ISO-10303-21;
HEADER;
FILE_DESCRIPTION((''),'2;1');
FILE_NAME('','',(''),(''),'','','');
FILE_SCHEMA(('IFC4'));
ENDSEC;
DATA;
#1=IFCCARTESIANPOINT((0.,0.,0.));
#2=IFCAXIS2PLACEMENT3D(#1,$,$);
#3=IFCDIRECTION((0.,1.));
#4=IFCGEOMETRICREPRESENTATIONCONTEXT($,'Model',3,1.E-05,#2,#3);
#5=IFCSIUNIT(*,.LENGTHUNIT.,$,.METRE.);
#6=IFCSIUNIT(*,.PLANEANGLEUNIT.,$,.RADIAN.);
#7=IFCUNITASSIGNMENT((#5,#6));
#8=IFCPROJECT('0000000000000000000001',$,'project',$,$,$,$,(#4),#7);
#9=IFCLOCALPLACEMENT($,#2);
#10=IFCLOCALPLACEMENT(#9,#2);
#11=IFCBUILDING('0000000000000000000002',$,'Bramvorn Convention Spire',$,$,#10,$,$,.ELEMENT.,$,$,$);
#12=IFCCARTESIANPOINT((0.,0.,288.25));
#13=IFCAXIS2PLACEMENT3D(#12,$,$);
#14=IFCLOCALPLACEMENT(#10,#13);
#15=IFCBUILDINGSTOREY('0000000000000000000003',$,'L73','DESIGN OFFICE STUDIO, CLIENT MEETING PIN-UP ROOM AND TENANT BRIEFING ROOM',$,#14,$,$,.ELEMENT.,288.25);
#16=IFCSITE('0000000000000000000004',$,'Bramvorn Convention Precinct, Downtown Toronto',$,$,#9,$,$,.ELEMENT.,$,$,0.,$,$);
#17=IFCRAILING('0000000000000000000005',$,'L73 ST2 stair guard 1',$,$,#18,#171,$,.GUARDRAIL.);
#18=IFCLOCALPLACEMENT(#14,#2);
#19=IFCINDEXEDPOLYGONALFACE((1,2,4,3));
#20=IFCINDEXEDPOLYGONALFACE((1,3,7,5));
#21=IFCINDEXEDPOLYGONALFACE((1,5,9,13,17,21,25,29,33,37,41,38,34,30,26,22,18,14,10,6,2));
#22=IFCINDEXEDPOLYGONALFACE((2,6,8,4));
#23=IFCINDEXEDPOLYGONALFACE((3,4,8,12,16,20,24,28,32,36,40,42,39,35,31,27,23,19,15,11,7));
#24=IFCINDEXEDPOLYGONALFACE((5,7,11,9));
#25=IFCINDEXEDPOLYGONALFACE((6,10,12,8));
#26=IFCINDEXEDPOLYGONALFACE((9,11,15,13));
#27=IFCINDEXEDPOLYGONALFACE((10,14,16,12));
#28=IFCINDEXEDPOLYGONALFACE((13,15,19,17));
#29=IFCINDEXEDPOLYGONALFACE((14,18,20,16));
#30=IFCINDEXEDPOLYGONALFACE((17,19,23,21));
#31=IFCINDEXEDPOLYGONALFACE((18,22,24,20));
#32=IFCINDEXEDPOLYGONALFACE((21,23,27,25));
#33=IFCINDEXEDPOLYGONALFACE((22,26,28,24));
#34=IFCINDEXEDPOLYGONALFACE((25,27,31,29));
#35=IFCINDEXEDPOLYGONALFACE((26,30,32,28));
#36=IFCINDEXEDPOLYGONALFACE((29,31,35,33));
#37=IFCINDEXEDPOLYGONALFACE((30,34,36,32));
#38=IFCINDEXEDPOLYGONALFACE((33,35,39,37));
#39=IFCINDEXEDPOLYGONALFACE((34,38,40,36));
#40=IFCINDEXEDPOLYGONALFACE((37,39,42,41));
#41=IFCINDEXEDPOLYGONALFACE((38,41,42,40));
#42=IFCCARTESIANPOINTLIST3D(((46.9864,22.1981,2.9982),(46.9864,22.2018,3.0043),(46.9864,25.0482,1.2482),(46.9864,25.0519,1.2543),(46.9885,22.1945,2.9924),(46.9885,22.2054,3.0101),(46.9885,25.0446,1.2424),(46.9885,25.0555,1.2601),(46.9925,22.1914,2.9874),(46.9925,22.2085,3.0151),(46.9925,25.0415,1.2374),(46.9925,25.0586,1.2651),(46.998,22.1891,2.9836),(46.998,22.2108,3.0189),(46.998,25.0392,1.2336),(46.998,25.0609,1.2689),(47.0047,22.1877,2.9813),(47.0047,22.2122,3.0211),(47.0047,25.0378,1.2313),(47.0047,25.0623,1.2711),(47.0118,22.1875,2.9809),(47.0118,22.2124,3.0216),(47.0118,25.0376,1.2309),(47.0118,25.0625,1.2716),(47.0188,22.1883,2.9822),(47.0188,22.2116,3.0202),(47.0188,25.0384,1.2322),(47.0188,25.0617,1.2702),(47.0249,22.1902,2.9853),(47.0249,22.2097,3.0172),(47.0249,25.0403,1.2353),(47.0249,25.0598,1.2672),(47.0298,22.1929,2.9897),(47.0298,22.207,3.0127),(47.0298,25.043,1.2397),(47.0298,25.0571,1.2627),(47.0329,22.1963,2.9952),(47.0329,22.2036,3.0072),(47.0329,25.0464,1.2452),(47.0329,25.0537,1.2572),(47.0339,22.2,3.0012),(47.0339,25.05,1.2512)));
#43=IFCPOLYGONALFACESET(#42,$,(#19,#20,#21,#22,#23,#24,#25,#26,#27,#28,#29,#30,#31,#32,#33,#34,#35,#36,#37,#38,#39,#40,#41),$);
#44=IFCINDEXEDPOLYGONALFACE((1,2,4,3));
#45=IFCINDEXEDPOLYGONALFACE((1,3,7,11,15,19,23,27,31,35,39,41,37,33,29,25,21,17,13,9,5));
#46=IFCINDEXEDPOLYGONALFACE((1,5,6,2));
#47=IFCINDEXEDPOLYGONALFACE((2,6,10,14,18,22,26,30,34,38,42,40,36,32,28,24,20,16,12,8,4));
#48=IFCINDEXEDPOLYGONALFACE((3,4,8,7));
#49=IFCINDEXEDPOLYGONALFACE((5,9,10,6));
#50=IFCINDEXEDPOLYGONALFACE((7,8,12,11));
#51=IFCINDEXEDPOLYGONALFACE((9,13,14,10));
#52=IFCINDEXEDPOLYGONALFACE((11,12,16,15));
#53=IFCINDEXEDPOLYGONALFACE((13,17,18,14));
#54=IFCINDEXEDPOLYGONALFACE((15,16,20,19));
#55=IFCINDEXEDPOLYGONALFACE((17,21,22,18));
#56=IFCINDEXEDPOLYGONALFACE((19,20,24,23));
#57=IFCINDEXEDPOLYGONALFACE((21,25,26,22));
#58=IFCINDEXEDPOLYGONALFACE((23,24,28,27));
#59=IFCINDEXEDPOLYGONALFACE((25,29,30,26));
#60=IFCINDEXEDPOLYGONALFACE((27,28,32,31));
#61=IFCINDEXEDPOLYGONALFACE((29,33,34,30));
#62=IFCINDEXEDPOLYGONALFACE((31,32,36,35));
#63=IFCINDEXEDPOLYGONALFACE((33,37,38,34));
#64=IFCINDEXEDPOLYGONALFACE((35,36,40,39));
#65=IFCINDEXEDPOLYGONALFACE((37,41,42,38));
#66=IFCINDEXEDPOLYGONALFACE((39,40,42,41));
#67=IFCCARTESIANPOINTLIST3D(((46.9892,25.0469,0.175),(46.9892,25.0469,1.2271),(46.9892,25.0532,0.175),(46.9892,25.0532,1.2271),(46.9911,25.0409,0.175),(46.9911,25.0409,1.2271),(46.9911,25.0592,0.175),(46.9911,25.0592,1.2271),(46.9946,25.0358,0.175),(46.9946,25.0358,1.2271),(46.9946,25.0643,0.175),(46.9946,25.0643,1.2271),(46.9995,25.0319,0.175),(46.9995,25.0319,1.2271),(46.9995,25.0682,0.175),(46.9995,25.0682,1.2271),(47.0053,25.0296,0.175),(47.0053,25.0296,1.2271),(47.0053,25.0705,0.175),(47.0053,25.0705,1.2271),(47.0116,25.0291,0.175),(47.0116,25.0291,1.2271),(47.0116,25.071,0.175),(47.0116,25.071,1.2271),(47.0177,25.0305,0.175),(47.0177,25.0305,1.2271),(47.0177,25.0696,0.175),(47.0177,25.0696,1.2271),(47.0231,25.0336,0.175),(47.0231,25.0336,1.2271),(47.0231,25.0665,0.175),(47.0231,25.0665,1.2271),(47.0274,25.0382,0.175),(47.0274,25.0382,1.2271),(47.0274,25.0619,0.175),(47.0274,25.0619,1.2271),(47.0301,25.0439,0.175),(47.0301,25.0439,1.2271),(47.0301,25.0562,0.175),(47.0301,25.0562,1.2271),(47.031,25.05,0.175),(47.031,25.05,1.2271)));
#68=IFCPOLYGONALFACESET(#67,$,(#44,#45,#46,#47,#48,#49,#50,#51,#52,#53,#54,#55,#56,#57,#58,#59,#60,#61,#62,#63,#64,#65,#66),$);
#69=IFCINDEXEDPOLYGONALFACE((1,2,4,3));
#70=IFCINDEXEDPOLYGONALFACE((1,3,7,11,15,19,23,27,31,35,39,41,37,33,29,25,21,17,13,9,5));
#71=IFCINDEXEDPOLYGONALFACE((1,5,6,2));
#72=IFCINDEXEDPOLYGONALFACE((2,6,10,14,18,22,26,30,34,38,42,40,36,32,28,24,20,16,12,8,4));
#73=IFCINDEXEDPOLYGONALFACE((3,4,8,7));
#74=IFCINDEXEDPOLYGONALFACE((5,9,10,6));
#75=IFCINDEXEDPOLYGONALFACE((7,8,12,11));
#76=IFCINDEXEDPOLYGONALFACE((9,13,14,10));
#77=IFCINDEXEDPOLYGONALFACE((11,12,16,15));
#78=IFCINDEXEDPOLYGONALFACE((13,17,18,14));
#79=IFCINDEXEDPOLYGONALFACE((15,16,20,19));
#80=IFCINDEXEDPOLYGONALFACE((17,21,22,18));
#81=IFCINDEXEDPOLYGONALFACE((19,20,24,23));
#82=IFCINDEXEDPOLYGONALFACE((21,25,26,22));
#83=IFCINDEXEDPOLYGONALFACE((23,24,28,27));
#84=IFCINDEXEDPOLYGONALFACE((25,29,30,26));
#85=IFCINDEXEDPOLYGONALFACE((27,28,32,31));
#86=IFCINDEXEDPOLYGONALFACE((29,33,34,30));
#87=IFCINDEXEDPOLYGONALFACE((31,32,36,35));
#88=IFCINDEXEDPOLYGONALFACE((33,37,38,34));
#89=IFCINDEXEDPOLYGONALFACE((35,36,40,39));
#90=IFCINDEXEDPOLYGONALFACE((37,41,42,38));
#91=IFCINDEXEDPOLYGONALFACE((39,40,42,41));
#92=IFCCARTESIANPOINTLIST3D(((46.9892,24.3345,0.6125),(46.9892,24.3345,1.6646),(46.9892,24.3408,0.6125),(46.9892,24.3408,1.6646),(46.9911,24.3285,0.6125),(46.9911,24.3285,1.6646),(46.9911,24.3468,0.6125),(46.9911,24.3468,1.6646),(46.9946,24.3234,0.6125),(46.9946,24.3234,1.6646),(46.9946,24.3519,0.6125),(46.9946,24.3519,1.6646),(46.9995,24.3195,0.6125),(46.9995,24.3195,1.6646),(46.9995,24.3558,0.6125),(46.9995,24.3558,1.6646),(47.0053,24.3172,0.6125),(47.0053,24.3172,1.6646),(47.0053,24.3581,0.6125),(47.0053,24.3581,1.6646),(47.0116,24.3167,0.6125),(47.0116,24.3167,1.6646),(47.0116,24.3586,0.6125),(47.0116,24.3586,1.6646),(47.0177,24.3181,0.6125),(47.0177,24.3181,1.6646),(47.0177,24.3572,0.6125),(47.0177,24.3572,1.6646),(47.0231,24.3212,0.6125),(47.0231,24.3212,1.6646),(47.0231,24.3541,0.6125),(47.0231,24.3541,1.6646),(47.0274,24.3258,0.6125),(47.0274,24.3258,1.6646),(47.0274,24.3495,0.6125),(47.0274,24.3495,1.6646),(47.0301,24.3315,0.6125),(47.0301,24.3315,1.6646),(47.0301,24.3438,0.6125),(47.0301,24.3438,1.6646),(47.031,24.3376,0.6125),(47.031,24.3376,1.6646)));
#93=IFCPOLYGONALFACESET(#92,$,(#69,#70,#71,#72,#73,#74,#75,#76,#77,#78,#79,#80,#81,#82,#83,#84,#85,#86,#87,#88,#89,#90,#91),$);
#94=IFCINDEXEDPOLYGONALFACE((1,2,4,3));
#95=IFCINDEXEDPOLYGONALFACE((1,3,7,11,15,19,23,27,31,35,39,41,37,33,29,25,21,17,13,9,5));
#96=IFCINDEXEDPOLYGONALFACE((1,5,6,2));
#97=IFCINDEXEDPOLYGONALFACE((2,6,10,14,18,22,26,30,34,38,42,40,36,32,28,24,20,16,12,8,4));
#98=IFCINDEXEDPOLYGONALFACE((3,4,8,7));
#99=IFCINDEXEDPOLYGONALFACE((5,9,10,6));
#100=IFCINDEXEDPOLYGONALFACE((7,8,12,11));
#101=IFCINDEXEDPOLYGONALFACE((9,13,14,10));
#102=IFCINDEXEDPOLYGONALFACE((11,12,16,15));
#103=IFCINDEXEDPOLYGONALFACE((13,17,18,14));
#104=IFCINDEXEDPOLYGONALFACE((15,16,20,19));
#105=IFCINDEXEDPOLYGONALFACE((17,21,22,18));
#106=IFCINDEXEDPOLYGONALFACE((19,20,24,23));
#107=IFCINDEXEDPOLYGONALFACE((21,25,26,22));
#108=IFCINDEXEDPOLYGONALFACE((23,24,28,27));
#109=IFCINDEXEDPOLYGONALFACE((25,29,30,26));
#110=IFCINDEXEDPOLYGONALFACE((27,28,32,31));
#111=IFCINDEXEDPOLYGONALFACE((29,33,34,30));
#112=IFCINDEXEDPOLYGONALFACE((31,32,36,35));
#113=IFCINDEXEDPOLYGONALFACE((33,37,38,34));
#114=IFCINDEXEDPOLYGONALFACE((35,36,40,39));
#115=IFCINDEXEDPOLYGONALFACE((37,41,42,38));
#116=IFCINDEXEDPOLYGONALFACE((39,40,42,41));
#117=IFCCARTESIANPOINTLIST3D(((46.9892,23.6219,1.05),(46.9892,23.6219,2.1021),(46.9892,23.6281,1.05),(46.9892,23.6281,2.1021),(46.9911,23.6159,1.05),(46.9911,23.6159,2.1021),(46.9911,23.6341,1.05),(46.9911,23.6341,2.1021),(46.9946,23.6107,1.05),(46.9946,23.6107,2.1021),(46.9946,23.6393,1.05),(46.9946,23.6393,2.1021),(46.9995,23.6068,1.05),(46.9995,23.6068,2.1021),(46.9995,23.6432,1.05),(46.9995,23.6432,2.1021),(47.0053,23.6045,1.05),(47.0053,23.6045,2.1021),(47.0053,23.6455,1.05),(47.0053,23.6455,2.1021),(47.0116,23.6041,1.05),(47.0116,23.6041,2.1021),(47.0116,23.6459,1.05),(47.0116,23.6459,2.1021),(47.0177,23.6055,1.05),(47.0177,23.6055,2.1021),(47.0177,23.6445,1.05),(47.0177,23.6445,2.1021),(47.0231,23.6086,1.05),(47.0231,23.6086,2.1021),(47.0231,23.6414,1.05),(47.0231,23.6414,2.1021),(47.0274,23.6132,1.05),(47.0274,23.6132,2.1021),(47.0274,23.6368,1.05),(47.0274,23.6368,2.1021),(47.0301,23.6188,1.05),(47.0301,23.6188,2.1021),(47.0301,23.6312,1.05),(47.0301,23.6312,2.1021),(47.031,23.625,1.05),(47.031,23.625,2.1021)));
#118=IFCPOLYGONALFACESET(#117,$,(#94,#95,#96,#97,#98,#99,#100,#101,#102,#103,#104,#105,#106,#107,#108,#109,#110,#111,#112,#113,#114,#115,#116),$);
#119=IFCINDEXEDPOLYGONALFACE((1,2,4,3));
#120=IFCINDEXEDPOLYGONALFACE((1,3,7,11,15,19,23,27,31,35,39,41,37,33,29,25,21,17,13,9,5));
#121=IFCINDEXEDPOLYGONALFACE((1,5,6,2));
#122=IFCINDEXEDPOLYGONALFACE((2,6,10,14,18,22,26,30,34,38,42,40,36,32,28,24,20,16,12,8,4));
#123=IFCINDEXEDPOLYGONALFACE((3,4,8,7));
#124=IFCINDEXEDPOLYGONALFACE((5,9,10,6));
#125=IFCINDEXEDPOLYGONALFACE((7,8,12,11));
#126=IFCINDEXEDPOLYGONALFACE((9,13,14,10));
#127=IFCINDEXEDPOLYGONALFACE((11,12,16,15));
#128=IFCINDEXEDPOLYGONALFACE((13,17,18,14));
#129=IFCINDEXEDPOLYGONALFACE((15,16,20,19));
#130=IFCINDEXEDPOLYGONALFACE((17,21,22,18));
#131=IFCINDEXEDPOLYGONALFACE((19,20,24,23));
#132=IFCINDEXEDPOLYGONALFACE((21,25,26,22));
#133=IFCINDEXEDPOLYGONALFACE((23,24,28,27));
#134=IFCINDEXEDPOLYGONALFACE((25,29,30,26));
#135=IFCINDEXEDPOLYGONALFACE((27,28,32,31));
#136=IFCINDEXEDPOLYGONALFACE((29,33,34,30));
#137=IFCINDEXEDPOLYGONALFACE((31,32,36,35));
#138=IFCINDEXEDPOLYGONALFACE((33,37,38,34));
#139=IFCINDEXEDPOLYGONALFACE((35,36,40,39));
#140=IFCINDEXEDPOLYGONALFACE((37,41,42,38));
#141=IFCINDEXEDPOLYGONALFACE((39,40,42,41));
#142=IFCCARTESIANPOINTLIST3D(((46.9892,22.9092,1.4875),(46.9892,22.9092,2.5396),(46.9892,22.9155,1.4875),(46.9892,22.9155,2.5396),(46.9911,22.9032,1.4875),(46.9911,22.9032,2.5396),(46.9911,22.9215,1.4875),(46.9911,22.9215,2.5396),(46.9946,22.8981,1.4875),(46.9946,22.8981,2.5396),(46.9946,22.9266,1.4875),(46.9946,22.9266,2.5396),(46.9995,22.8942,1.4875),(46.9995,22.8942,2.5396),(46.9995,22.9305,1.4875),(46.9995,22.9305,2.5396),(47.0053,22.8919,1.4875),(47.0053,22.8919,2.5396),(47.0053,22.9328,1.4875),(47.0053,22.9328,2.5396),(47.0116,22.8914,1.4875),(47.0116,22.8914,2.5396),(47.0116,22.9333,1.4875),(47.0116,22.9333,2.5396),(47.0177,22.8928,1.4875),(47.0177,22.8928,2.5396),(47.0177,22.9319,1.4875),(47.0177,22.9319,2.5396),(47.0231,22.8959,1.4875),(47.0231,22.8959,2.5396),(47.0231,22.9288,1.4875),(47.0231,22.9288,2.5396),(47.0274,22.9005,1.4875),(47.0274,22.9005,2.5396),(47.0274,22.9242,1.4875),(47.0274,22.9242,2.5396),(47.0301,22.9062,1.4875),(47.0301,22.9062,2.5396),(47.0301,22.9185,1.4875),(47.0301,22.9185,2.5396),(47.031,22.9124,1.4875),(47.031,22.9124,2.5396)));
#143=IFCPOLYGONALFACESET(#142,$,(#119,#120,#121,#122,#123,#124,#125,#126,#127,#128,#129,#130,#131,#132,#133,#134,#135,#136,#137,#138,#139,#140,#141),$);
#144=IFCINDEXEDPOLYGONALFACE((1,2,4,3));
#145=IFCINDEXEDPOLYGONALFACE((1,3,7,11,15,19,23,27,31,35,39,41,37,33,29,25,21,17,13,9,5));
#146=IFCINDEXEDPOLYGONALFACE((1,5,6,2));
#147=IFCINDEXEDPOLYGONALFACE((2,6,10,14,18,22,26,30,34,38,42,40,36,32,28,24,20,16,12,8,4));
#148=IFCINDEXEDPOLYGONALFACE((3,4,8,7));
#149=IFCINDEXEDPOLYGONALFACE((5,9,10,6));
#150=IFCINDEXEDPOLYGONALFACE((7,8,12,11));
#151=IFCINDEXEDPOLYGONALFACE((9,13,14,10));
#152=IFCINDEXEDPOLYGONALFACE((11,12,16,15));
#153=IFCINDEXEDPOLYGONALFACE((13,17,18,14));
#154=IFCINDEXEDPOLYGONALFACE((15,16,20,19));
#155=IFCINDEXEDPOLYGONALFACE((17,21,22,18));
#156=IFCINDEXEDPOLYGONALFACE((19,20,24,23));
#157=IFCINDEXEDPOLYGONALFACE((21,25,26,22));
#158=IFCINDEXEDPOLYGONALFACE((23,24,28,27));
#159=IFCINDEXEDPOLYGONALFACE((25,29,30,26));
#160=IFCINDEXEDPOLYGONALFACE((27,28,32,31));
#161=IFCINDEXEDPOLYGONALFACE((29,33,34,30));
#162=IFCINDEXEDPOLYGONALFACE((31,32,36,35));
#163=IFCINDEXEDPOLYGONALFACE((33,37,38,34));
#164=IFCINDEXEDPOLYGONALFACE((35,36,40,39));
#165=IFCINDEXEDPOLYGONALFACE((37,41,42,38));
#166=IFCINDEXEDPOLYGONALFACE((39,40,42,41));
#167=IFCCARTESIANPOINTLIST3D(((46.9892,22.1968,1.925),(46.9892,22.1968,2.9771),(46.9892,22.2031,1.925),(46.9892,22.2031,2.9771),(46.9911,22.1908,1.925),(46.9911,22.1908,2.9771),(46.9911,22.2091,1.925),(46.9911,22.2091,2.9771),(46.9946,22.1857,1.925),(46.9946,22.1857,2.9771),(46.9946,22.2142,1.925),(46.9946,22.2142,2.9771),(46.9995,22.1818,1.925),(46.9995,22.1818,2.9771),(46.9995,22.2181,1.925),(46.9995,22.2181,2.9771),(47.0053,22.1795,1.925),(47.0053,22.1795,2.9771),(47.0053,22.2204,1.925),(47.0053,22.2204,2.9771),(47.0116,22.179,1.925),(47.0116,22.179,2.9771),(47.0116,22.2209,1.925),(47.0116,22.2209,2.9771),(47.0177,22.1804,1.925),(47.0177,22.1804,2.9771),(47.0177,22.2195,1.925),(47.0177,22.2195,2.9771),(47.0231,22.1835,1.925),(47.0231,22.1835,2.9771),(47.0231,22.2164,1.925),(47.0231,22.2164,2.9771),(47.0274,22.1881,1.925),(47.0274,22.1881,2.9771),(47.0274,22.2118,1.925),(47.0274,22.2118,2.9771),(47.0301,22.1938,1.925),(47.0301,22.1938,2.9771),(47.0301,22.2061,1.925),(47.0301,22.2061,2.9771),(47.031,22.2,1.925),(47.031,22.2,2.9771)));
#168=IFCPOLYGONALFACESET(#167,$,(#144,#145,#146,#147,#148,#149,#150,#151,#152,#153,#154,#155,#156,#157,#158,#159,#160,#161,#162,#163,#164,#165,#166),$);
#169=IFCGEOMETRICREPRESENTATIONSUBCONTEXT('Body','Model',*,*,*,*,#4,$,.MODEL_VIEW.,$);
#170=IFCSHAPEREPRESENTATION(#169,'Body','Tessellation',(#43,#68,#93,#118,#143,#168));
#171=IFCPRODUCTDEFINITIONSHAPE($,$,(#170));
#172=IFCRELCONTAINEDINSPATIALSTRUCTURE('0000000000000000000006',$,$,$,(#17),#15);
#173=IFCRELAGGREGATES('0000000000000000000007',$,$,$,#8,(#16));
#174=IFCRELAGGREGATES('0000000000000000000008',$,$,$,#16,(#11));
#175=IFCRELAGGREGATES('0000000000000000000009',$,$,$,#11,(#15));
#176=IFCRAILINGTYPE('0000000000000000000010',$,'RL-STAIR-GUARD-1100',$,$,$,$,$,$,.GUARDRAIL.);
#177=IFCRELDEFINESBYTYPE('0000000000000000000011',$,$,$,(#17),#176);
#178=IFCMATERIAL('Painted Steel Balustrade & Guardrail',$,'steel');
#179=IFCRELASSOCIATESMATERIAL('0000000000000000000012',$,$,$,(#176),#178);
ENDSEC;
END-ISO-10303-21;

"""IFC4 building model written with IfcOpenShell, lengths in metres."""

from ifc_helpers import new_model, si_unit, direction, frame, origin, origin_2d, place, context, subcontext, project, spatial, circle, extrude, material, type_object, element, save


model = new_model("IFC4")

# Units and contexts
model_context = context("Model", 3, precision=1e-05, world=origin(), true_north=direction((0.0, 1.0)))
body_context = subcontext(model_context, "Body", "Model", "MODEL_VIEW")
ifc_project = project(units=[si_unit("LENGTHUNIT", "METRE"), si_unit("PLANEANGLEUNIT", "RADIAN")], contexts=[model_context])

# Site, building, storey
site_placement = place(None, origin())
site = spatial("IfcSite", under=ifc_project, at=site_placement, Name="Bramvorn Convention Precinct, Downtown Toronto", CompositionType="ELEMENT", RefElevation=0.0)
building_placement = place(site_placement, origin())
building = spatial("IfcBuilding", under=site, at=building_placement, Name="Bramvorn Convention Spire", CompositionType="ELEMENT")
storey_placement = place(building_placement, frame((0.0, 0.0, 288.25)))
storey = spatial("IfcBuildingStorey", under=building, at=storey_placement, Name="L73", Description="DESIGN OFFICE STUDIO, CLIENT MEETING PIN-UP ROOM AND TENANT BRIEFING ROOM", CompositionType="ELEMENT", Elevation=288.25)

# Railing
ifc_material_1 = material(Name="Painted Steel Balustrade & Guardrail", Category="steel")
railing_type_1 = type_object("IfcRailingType", Name="RL-STAIR-GUARD-1100", PredefinedType="GUARDRAIL", material=ifc_material_1)
railing_1_placement = place(storey_placement, frame((47.01, 25.05, 0.175)))
element("IfcRailing", 1, at=railing_1_placement, inside=storey, type_object=railing_type_1, Name="L73 ST2 stair guard 1", PredefinedType="GUARDRAIL", context=body_context, shape_type="SweptSolid", body=[
    extrude(circle(Radius=0.0239, at=origin_2d()), frame((0.0, 0.0, 1.0762), z_axis=(0.0, -0.852179, 0.52325), x_axis=(1.0, 0.0, 0.0)), (0.0, 0.0, 1.0), 3.3445),
    extrude(circle(Radius=0.021, at=origin_2d()), origin(), (0.0, 0.0, 1.0), 1.052),
    extrude(circle(Radius=0.021, at=origin_2d()), frame((0.0, -0.7124, 0.4375)), (0.0, 0.0, 1.0), 1.052),
    extrude(circle(Radius=0.021, at=origin_2d()), frame((0.0, -1.425, 0.875)), (0.0, 0.0, 1.0), 1.052),
    extrude(circle(Radius=0.021, at=origin_2d()), frame((0.0, -2.1377, 1.3125)), (0.0, 0.0, 1.0), 1.052),
    extrude(circle(Radius=0.021, at=origin_2d()), frame((0.0, -2.8501, 1.75)), (0.0, 0.0, 1.0), 1.052),
])

save(model, "model.ifc")
